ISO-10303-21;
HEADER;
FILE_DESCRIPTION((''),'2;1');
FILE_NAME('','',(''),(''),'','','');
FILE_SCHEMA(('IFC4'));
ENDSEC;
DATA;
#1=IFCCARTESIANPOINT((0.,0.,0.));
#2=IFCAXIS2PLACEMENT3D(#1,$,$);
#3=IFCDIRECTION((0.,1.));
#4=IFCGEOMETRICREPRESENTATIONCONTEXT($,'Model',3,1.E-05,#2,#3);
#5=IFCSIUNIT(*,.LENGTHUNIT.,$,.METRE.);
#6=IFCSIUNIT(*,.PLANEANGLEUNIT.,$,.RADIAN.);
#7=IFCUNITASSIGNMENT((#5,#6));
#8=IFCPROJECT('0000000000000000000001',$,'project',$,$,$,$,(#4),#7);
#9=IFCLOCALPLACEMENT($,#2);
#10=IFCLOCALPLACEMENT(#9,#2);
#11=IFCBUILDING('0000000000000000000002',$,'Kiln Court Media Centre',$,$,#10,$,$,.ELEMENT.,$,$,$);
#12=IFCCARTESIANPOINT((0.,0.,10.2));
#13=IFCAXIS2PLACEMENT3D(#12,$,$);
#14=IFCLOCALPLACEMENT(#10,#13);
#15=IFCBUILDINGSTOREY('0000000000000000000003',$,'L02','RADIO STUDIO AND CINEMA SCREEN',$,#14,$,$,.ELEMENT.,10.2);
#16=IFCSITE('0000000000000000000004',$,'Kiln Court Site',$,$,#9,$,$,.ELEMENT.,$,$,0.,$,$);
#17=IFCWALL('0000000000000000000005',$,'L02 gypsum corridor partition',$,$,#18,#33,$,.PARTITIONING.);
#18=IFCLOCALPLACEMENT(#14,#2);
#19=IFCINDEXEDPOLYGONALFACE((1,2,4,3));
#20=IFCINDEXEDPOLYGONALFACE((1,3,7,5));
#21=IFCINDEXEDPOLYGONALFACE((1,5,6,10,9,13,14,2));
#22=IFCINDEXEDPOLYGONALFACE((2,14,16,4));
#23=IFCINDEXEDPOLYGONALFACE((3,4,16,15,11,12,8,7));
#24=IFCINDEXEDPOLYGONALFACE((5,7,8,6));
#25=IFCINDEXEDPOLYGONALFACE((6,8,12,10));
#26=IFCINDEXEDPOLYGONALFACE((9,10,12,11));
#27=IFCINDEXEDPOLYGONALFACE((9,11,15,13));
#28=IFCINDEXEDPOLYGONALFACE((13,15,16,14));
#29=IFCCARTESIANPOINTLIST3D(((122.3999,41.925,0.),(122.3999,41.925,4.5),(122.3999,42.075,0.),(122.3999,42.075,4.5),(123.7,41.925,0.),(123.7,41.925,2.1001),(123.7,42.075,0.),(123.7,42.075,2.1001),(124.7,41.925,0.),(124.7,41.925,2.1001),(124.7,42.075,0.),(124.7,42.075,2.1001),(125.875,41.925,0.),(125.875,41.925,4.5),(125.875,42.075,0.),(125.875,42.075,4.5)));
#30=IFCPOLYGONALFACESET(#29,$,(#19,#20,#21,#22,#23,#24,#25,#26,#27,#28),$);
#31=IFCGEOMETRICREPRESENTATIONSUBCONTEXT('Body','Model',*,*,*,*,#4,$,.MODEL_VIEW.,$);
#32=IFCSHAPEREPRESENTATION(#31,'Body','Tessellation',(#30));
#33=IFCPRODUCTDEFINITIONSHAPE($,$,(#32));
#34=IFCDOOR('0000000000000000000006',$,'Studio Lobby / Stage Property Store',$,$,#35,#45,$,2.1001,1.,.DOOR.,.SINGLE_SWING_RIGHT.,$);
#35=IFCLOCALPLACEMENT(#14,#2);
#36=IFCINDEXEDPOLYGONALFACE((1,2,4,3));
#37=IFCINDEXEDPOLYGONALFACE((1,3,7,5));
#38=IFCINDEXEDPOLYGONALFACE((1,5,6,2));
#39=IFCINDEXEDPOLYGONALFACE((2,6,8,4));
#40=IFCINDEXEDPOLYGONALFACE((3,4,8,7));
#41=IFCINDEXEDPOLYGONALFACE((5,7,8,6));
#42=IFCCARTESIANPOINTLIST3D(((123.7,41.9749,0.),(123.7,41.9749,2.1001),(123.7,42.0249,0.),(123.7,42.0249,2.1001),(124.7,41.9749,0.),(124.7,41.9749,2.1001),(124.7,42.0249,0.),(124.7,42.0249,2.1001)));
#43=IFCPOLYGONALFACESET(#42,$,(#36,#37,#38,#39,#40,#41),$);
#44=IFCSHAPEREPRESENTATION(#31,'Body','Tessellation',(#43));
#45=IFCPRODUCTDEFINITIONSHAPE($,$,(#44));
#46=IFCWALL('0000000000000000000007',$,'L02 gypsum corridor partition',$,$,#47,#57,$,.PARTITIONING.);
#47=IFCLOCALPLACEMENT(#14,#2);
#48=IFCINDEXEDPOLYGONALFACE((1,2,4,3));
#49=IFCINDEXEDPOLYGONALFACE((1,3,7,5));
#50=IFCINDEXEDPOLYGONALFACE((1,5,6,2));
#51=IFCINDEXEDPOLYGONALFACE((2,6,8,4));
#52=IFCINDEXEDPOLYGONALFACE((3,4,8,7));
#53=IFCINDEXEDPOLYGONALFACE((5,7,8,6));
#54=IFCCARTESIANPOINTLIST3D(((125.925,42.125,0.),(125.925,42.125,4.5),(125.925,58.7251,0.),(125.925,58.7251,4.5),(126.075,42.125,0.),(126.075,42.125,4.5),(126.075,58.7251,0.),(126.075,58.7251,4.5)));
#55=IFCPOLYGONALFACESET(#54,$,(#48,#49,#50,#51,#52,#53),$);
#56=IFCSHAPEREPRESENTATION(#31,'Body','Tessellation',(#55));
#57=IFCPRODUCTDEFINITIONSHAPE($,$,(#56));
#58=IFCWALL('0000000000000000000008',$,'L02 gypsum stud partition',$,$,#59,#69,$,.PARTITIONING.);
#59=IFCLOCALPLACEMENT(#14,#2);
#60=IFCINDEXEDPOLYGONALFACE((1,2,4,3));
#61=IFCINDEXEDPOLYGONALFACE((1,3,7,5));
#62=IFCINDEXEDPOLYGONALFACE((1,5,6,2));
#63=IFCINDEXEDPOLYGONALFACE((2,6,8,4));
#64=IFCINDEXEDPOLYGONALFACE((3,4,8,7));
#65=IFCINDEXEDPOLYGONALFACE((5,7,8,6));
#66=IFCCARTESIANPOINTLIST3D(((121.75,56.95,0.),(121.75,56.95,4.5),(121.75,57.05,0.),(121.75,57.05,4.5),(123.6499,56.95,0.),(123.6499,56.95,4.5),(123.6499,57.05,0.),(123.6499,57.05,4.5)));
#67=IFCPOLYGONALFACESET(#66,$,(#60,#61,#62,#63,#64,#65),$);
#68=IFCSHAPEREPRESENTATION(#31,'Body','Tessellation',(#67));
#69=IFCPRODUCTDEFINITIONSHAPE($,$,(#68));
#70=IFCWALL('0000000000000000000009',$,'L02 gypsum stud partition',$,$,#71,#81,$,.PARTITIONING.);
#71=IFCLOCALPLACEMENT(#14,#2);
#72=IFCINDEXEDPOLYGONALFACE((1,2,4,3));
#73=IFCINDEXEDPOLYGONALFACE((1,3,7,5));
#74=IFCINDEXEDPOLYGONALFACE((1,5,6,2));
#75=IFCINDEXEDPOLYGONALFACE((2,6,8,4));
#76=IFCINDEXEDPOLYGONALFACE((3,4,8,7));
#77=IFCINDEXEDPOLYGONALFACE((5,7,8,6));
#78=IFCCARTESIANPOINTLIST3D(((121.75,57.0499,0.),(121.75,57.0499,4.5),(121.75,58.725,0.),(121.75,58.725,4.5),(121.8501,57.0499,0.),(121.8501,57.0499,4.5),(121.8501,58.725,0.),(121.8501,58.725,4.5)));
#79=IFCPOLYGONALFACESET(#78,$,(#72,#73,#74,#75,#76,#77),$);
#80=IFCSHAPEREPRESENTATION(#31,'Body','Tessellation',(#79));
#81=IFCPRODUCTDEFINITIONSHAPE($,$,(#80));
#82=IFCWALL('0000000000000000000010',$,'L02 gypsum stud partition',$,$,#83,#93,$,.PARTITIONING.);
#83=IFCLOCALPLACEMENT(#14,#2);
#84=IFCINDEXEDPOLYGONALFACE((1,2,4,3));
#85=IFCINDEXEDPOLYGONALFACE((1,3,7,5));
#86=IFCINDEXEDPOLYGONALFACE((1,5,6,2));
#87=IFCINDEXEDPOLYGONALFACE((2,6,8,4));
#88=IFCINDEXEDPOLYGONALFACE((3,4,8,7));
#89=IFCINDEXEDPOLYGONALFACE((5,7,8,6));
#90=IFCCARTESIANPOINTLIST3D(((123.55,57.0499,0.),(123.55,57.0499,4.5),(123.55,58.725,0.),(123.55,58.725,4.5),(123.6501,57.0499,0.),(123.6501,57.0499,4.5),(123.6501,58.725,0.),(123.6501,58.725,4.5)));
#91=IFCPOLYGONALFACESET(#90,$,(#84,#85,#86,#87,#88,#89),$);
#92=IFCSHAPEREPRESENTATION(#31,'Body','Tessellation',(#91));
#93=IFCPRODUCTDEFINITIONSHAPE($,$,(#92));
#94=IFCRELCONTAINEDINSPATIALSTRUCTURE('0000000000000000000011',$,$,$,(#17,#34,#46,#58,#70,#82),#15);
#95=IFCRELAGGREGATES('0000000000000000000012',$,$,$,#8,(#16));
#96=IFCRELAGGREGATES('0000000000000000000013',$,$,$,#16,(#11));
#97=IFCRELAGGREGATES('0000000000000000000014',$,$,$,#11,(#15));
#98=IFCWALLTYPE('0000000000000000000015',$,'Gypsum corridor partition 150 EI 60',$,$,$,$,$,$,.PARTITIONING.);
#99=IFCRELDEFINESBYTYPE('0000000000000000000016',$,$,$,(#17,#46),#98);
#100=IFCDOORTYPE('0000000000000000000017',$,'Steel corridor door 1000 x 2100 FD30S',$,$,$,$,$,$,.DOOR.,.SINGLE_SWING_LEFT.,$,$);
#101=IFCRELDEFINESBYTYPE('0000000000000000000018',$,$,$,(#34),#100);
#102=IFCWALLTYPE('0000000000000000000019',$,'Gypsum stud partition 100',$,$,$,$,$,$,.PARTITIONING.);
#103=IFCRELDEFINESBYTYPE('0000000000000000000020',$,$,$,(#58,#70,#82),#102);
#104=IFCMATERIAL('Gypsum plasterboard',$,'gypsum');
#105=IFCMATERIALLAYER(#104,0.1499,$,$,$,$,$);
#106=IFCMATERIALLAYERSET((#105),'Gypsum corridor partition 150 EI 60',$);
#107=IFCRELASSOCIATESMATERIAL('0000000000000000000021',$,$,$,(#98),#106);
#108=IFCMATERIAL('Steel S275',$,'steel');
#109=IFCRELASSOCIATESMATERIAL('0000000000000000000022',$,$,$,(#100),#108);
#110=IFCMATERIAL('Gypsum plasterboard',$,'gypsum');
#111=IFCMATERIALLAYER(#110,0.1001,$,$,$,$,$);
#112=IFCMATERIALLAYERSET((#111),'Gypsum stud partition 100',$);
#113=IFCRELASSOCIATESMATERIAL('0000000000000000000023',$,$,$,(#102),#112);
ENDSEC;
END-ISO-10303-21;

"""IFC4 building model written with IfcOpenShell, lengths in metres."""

from ifc_helpers import new_model, si_unit, direction, frame, frame_2d, origin, place, context, subcontext, project, spatial, rectangle, extrude, material, layer, layer_set, type_object, element, fill, save


model = new_model("IFC4")

# Units and contexts
model_context = context("Model", 3, precision=1e-05, world=origin(), true_north=direction((0.0, 1.0)))
body_context = subcontext(model_context, "Body", "Model", "MODEL_VIEW")
ifc_project = project(units=[si_unit("LENGTHUNIT", "METRE"), si_unit("PLANEANGLEUNIT", "RADIAN")], contexts=[model_context])

# Site, building, storey
site_placement = place(None, origin())
site = spatial("IfcSite", under=ifc_project, at=site_placement, Name="Kiln Court Site", CompositionType="ELEMENT", RefElevation=0.0)
building_placement = place(site_placement, origin())
building = spatial("IfcBuilding", under=site, at=building_placement, Name="Kiln Court Media Centre", CompositionType="ELEMENT")
storey_placement = place(building_placement, frame((0.0, 0.0, 10.2)))
storey = spatial("IfcBuildingStorey", under=building, at=storey_placement, Name="L02", Description="RADIO STUDIO AND CINEMA SCREEN", CompositionType="ELEMENT", Elevation=10.2)

# Wall, opening, door
ifc_material_1 = material(Name="Gypsum plasterboard", Category="gypsum")
ifc_layer_1 = layer(ifc_material_1, 0.1499)
ifc_layer_set_1 = layer_set([ifc_layer_1], Name="Gypsum corridor partition 150 EI 60")
wall_type_1 = type_object("IfcWallType", Name="Gypsum corridor partition 150 EI 60", PredefinedType="PARTITIONING", material=ifc_layer_set_1)
wall_1_placement = place(storey_placement, frame((122.3999, 42.0, 0.0), z_axis=(0.0, 0.0, 1.0), x_axis=(1.0, 0.0, 0.0)))
wall_1 = element("IfcWall", 1, at=wall_1_placement, inside=storey, type_object=wall_type_1, Name="L02 gypsum corridor partition", PredefinedType="PARTITIONING", context=body_context, shape_type="SweptSolid", body=[
    extrude(rectangle(XDim=3.4751, YDim=0.1499, at=frame_2d((1.7375, 0.0))), origin(), (0.0, 0.0, 1.0), 4.5),
])
opening_1_placement = place(wall_1_placement, frame((1.3, 0.0, 0.0)))
opening_1 = element("IfcOpeningElement", 2, at=opening_1_placement, cuts=wall_1, PredefinedType="OPENING", context=body_context, shape_type="SweptSolid", body=[
    extrude(rectangle(XDim=1.0, YDim=2.1001, at=frame_2d((0.5, 1.05))), frame((0.0, 0.085, 0.0), z_axis=(0.0, -1.0, 0.0), x_axis=(1.0, 0.0, 0.0)), (0.0, 0.0, 1.0), 0.1699),
])
ifc_material_2 = material(Name="Steel S275", Category="steel")
door_type_1 = type_object("IfcDoorType", Name="Steel corridor door 1000 x 2100 FD30S", OperationType="SINGLE_SWING_LEFT", PredefinedType="DOOR", material=ifc_material_2)
door_1_placement = place(opening_1_placement, origin())
door_1 = element("IfcDoor", 3, at=door_1_placement, inside=storey, type_object=door_type_1, Name="Studio Lobby / Stage Property Store", OperationType="SINGLE_SWING_RIGHT", OverallHeight=2.1001, OverallWidth=1.0, PredefinedType="DOOR", context=body_context, shape_type="SweptSolid", body=[
    extrude(rectangle(XDim=1.0, YDim=2.1001, at=frame_2d((0.5, 1.05))), frame((0.0, 0.0249, 0.0), z_axis=(0.0, -1.0, 0.0), x_axis=(1.0, 0.0, 0.0)), (0.0, 0.0, 1.0), 0.05),
])
fill(opening_1, door_1)

# Walls
wall_2_placement = place(storey_placement, frame((126.0, 42.125, 0.0), z_axis=(0.0, 0.0, 1.0), x_axis=(0.0, 1.0, 0.0)))
element("IfcWall", 4, at=wall_2_placement, inside=storey, type_object=wall_type_1, Name="L02 gypsum corridor partition", PredefinedType="PARTITIONING", context=body_context, shape_type="SweptSolid", body=[
    extrude(rectangle(XDim=16.6001, YDim=0.1499, at=frame_2d((8.3, 0.0))), origin(), (0.0, 0.0, 1.0), 4.5),
])
ifc_material_3 = material(Name="Gypsum plasterboard", Category="gypsum")
ifc_layer_2 = layer(ifc_material_3, 0.1001)
ifc_layer_set_2 = layer_set([ifc_layer_2], Name="Gypsum stud partition 100")
wall_type_2 = type_object("IfcWallType", Name="Gypsum stud partition 100", PredefinedType="PARTITIONING", material=ifc_layer_set_2)
wall_3_placement = place(storey_placement, frame((121.75, 57.0, 0.0), z_axis=(0.0, 0.0, 1.0), x_axis=(1.0, 0.0, 0.0)))
element("IfcWall", 5, at=wall_3_placement, inside=storey, type_object=wall_type_2, Name="L02 gypsum stud partition", PredefinedType="PARTITIONING", context=body_context, shape_type="SweptSolid", body=[
    extrude(rectangle(XDim=1.8999, YDim=0.1001, at=frame_2d((0.95, 0.0))), origin(), (0.0, 0.0, 1.0), 4.5),
])
for number, where, z_axis, x_axis, name in (
    (6, (121.8, 57.05, 0.0), (0.0, 0.0, 1.0), (0.0, 1.0, 0.0), "L02 gypsum stud partition"),
    (7, (123.6001, 57.05, 0.0), (0.0, 0.0, 1.0), (0.0, 1.0, 0.0), "L02 gypsum stud partition"),
):
    element("IfcWall", number, at=place(storey_placement, frame(where, z_axis=z_axis, x_axis=x_axis)), inside=storey, type_object=wall_type_2, Name=name, PredefinedType="PARTITIONING", context=body_context, shape_type="SweptSolid", body=[
        extrude(rectangle(XDim=1.675, YDim=0.1001, at=frame_2d((0.8374, 0.0))), origin(), (0.0, 0.0, 1.0), 4.5),
    ])

save(model, "model.ifc")
